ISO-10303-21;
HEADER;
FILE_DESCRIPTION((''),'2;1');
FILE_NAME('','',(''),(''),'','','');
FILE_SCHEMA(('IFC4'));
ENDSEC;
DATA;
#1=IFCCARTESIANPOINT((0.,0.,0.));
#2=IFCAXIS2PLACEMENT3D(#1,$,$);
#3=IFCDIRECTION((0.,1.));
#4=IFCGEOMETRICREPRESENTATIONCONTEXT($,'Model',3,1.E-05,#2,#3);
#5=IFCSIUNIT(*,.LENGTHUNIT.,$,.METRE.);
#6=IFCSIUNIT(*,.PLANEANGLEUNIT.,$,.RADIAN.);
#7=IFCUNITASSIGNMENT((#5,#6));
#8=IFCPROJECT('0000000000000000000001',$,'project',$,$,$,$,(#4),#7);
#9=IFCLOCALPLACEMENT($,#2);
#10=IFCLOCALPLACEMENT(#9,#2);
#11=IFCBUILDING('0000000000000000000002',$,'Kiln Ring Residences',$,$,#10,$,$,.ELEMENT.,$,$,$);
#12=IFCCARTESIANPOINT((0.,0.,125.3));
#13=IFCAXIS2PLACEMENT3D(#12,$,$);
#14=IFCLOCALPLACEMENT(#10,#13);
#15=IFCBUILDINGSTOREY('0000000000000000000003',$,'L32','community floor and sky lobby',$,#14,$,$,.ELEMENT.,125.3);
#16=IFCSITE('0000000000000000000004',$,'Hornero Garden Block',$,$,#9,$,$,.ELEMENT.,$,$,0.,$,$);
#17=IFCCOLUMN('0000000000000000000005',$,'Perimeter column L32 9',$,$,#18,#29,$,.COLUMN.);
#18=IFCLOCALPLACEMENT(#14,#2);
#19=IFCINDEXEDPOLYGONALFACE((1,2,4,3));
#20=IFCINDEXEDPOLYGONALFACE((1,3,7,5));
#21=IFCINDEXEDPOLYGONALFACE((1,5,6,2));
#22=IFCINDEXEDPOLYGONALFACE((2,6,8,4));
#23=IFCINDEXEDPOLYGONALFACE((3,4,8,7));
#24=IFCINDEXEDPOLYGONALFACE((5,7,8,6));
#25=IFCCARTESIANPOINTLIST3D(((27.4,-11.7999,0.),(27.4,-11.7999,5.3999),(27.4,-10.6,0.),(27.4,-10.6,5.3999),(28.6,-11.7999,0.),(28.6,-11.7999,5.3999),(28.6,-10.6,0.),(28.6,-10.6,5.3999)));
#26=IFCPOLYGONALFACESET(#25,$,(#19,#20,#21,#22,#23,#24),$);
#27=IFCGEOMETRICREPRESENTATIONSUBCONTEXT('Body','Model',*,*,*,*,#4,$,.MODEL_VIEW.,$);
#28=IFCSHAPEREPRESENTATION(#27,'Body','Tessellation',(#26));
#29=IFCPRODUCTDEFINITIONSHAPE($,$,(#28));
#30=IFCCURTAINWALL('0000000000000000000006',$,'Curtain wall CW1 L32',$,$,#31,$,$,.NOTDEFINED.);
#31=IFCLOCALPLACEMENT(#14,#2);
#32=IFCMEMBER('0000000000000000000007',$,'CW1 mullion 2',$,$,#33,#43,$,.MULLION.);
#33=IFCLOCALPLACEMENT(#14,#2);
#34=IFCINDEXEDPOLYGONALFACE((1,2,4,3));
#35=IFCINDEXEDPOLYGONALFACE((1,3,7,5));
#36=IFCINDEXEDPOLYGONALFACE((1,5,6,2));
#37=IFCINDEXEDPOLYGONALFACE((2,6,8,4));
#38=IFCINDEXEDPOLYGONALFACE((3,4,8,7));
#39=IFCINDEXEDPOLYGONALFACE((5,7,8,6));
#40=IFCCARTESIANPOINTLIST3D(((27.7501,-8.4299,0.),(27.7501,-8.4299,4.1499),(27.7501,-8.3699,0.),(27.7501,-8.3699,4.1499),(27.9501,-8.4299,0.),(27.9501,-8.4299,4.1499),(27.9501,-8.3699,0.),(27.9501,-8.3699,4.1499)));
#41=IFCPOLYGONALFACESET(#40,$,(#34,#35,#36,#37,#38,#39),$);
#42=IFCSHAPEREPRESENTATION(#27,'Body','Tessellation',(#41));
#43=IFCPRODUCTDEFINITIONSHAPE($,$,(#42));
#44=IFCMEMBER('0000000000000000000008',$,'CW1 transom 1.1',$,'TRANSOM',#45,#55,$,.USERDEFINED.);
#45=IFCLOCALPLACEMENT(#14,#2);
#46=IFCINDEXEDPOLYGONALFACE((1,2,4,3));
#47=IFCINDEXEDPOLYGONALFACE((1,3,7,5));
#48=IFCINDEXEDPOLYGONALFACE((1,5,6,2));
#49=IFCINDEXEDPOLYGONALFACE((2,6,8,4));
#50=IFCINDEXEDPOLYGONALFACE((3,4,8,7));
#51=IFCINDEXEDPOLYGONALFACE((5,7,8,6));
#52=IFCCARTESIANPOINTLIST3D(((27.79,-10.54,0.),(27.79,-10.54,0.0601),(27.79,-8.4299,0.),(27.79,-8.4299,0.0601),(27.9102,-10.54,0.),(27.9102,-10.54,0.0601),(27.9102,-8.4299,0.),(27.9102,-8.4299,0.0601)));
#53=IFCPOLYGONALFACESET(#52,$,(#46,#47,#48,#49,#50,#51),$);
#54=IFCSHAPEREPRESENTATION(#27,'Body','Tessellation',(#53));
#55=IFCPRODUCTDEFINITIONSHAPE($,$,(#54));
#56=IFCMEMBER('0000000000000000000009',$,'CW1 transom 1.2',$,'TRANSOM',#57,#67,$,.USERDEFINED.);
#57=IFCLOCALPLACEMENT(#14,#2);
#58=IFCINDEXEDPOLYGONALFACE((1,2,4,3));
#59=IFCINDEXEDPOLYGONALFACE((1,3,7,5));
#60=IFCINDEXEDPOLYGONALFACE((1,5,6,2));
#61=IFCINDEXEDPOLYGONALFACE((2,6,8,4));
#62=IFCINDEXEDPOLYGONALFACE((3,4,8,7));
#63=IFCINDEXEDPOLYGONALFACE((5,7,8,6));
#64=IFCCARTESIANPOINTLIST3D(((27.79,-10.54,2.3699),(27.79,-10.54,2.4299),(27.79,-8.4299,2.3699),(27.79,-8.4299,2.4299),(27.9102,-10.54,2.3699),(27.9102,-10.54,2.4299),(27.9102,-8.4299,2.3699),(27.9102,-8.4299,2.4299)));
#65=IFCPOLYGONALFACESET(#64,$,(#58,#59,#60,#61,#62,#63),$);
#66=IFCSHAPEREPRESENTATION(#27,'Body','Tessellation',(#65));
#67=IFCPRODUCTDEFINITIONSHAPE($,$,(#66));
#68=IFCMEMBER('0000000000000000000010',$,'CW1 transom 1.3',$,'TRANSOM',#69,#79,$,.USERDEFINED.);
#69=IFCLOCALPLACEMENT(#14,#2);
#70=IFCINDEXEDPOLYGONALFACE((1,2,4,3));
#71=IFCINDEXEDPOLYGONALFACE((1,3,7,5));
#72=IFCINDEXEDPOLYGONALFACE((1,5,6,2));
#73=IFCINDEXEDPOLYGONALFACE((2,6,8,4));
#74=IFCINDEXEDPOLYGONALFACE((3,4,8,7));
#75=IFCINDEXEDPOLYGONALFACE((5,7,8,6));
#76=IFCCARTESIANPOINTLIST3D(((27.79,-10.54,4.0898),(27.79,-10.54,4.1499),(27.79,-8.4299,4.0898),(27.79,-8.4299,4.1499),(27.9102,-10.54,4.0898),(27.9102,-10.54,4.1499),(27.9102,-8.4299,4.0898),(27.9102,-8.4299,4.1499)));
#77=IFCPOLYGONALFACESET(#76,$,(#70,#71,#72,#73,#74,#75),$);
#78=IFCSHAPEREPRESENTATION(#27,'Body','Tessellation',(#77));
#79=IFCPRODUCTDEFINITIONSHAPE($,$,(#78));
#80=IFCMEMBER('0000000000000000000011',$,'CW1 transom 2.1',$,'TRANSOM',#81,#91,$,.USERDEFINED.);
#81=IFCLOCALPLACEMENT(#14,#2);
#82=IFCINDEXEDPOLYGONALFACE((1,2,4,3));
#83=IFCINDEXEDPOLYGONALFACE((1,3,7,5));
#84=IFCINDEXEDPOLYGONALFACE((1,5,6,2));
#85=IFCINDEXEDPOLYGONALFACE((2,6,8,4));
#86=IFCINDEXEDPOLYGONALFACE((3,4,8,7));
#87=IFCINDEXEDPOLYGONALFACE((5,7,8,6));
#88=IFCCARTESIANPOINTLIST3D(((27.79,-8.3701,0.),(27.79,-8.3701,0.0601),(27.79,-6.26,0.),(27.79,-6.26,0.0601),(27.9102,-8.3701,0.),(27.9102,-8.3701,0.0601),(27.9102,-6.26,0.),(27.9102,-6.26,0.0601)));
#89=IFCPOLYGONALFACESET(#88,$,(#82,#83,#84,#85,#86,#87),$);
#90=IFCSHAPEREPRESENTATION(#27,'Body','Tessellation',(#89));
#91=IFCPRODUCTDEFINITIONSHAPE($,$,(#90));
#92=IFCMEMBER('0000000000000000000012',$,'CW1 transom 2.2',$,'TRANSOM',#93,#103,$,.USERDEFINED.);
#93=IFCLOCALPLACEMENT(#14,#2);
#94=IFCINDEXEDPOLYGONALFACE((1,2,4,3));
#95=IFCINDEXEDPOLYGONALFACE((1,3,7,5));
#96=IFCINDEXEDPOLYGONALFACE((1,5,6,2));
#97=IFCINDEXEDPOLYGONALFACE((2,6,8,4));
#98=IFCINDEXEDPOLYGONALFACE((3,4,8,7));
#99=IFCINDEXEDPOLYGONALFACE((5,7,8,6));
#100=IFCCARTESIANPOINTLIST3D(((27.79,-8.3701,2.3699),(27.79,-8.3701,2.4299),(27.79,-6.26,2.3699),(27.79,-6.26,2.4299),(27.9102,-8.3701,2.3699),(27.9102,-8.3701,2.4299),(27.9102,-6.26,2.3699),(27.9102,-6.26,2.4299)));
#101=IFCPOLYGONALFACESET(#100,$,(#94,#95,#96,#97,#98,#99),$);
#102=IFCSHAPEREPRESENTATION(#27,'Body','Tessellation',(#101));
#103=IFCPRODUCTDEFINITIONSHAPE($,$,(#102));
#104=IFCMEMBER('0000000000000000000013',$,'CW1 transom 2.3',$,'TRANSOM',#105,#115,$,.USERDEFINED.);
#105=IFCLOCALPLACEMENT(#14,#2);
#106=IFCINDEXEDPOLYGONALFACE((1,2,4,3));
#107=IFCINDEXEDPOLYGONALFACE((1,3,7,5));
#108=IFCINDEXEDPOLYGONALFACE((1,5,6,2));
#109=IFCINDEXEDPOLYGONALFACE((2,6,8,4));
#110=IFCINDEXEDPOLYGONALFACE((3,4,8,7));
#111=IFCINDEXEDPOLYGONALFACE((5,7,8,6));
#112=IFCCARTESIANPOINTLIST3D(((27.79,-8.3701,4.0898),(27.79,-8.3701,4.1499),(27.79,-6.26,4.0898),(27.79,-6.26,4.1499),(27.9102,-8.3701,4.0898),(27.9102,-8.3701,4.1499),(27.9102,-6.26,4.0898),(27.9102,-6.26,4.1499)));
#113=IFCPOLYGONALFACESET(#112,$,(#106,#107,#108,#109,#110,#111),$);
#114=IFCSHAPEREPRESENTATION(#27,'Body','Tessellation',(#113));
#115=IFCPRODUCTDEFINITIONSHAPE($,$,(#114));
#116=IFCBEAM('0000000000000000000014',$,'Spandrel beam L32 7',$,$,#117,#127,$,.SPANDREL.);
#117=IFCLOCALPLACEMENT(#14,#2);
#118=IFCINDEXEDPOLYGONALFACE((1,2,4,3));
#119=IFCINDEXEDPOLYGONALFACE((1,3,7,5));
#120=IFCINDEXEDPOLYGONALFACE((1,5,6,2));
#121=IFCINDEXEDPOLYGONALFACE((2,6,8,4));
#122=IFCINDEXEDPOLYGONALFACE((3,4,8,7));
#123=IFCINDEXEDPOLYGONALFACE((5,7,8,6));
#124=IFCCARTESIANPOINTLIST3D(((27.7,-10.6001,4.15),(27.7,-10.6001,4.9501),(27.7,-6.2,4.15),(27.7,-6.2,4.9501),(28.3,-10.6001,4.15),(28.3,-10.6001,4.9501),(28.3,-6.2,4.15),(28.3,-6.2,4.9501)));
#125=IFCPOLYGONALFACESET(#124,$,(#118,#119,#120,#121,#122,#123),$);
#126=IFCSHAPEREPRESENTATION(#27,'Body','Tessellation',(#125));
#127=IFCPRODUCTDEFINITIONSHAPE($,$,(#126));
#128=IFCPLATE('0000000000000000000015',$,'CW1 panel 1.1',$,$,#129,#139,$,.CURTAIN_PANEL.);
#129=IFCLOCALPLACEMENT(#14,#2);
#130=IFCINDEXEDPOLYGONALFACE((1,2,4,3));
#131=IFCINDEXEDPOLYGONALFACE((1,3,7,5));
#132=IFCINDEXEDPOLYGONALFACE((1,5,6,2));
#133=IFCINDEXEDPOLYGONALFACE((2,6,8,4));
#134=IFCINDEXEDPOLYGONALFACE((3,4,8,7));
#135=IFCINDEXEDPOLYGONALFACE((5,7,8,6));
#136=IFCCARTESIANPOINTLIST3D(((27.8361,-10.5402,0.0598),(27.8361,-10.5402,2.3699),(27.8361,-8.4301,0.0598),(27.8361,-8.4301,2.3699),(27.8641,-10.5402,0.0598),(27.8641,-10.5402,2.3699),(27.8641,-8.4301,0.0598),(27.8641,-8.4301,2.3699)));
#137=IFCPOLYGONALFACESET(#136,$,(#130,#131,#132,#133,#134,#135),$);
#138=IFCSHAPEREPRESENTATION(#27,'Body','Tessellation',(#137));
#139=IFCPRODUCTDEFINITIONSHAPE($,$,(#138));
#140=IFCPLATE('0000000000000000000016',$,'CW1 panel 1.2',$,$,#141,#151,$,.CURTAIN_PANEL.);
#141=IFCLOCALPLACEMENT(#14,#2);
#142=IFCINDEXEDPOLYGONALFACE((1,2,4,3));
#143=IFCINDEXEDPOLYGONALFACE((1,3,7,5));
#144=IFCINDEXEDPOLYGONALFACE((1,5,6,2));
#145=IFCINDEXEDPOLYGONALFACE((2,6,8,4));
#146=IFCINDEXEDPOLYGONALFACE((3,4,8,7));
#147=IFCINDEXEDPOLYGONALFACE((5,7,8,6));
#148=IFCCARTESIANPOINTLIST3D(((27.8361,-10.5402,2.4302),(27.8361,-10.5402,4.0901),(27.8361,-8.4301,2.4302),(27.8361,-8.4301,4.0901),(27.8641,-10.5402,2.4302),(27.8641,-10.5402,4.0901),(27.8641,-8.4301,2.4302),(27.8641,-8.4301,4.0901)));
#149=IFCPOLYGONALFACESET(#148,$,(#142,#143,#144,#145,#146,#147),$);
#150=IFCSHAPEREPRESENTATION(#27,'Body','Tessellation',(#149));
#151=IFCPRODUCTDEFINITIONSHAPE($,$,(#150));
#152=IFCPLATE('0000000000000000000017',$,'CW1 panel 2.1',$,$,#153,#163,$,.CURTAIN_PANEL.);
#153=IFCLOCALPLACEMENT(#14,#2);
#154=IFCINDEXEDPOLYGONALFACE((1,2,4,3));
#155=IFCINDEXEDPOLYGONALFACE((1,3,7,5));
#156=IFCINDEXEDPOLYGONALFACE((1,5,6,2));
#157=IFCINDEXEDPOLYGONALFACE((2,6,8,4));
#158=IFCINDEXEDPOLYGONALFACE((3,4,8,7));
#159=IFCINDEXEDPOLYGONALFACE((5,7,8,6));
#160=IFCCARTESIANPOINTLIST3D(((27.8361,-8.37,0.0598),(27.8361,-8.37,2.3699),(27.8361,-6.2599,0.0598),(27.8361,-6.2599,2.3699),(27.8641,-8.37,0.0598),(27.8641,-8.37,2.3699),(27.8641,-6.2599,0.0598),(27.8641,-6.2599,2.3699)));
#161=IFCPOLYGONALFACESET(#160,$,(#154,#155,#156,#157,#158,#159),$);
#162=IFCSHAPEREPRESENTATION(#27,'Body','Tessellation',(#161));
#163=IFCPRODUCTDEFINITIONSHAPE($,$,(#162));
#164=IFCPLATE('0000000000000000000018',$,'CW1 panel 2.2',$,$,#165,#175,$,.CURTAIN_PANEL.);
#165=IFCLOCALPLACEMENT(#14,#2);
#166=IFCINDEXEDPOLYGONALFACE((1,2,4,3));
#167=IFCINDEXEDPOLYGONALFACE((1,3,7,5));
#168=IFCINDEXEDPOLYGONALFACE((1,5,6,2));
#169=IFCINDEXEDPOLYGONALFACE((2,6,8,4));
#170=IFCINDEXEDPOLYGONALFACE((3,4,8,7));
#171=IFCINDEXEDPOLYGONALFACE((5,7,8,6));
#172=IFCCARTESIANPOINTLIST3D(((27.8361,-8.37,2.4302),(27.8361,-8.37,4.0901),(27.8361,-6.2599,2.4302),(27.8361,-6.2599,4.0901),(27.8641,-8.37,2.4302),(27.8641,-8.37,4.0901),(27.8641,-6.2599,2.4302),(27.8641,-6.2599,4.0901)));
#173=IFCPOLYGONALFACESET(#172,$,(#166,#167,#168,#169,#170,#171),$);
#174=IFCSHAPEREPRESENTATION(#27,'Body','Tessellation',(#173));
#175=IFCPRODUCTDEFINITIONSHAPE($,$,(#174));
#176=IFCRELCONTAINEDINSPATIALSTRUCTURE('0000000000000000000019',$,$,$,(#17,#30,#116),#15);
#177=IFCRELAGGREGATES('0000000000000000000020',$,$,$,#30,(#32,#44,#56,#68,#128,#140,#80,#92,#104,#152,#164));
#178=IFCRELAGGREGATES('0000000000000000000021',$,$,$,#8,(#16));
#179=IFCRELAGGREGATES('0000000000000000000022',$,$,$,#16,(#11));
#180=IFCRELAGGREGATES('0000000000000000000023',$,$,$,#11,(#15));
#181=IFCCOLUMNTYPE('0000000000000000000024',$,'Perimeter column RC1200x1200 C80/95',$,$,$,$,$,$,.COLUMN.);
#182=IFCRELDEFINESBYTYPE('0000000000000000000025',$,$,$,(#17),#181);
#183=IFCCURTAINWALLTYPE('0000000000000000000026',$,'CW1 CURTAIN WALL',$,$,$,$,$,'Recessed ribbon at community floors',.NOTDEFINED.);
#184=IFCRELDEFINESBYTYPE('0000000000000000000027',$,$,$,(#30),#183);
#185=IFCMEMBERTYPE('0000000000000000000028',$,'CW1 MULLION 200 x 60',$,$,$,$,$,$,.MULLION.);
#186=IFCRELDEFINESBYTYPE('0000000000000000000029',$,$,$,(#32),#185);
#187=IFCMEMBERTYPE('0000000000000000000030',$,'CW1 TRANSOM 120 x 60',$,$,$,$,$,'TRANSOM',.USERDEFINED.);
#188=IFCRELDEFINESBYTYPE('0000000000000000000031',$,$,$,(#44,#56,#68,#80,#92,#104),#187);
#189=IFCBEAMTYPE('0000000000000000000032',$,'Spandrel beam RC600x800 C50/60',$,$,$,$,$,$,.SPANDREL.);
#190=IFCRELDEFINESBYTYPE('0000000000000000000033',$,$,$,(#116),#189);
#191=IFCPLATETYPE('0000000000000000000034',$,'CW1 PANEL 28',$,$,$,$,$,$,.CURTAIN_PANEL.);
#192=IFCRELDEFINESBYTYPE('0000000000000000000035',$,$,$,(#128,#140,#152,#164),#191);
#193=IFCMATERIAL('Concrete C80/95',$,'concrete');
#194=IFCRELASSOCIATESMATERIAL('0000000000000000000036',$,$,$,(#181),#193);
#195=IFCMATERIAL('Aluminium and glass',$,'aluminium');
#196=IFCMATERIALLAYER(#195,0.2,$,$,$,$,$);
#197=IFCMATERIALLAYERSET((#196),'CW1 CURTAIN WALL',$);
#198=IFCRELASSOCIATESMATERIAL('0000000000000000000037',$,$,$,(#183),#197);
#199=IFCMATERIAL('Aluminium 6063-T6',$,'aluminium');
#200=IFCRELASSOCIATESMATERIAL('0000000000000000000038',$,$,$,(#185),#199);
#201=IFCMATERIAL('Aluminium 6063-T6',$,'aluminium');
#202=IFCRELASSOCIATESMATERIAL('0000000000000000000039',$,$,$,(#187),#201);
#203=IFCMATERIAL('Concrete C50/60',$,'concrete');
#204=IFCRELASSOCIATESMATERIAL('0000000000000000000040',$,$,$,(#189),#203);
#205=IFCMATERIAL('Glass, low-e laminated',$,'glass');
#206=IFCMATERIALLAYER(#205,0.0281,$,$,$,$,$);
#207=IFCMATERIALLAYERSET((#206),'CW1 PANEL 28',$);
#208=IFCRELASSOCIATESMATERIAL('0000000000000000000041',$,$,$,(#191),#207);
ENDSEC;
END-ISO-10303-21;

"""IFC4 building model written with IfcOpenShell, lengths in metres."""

from ifc_helpers import new_model, si_unit, direction, frame, origin, origin_2d, place, context, subcontext, project, spatial, rectangle, extrude, material, layer, layer_set, material_profile, profile_set, type_object, element, aggregate, save


model = new_model("IFC4")

# Units and contexts
model_context = context("Model", 3, precision=1e-05, world=origin(), true_north=direction((0.0, 1.0)))
body_context = subcontext(model_context, "Body", "Model", "MODEL_VIEW")
ifc_project = project(units=[si_unit("LENGTHUNIT", "METRE"), si_unit("PLANEANGLEUNIT", "RADIAN")], contexts=[model_context])

# Site, building, storey
site_placement = place(None, origin())
site = spatial("IfcSite", under=ifc_project, at=site_placement, Name="Hornero Garden Block", CompositionType="ELEMENT", RefElevation=0.0)
building_placement = place(site_placement, origin())
building = spatial("IfcBuilding", under=site, at=building_placement, Name="Kiln Ring Residences", CompositionType="ELEMENT")
storey_placement = place(building_placement, frame((0.0, 0.0, 125.3)))
storey = spatial("IfcBuildingStorey", under=building, at=storey_placement, Name="L32", Description="community floor and sky lobby", CompositionType="ELEMENT", Elevation=125.3)

# Column
ifc_material_1 = material(Name="Concrete C80/95", Category="concrete")
ifc_material_profile_1 = material_profile(ifc_material_1, rectangle(XDim=1.2, YDim=1.2, at=origin_2d()), Name="RC1200x1200")
ifc_profile_set_1 = profile_set([ifc_material_profile_1], Name="Concrete C80/95")
column_type = type_object("IfcColumnType", Name="Perimeter column RC1200x1200 C80/95", PredefinedType="COLUMN", material=ifc_profile_set_1)
column_placement = place(storey_placement, frame((28.0, -11.2, 0.0), z_axis=(0.0, 0.0, 1.0), x_axis=(1.0, 0.0, 0.0)))
element("IfcColumn", 1, at=column_placement, inside=storey, type_object=column_type, Name="Perimeter column L32 9", PredefinedType="COLUMN", context=body_context, shape_type="SweptSolid", body=[
    extrude(rectangle(XDim=1.2, YDim=1.2, at=origin_2d()), origin(), (0.0, 0.0, 1.0), 5.3999),
])

# Curtain wall, members
ifc_material_2 = material(Name="Aluminium and glass", Category="aluminium")
ifc_layer_1 = layer(ifc_material_2, 0.2)
ifc_layer_set_1 = layer_set([ifc_layer_1], Name="CW1 CURTAIN WALL")
curtain_wall_type = type_object("IfcCurtainWallType", Name="CW1 CURTAIN WALL", ElementType="Recessed ribbon at community floors", PredefinedType="NOTDEFINED", material=ifc_layer_set_1)
curtain_wall_placement = place(storey_placement, origin())
curtain_wall = element("IfcCurtainWall", 2, at=curtain_wall_placement, inside=storey, type_object=curtain_wall_type, Name="Curtain wall CW1 L32", PredefinedType="NOTDEFINED")
ifc_material_3 = material(Name="Aluminium 6063-T6", Category="aluminium")
ifc_material_profile_2 = material_profile(ifc_material_3, rectangle(XDim=0.2, YDim=0.0601, at=origin_2d()), Name="AL 200x60")
ifc_profile_set_2 = profile_set([ifc_material_profile_2], Name="Aluminium 6063-T6")
member_type_1 = type_object("IfcMemberType", Name="CW1 MULLION 200 x 60", PredefinedType="MULLION", material=ifc_profile_set_2)
member_1_placement = place(storey_placement, frame((27.8501, -8.3999, 0.0), z_axis=(0.0, 0.0, 1.0), x_axis=(-1.0, 0.0, 0.0)))
member_1 = element("IfcMember", 3, at=member_1_placement, type_object=member_type_1, Name="CW1 mullion 2", PredefinedType="MULLION", context=body_context, shape_type="SweptSolid", body=[
    extrude(rectangle(XDim=0.2, YDim=0.0601, at=origin_2d()), origin(), (0.0, 0.0, 1.0), 4.1499),
])
ifc_material_4 = material(Name="Aluminium 6063-T6", Category="aluminium")
ifc_material_profile_3 = material_profile(ifc_material_4, rectangle(XDim=0.1201, YDim=0.0601, at=origin_2d()), Name="AL 120x60")
ifc_profile_set_3 = profile_set([ifc_material_profile_3], Name="Aluminium 6063-T6")
member_type_2 = type_object("IfcMemberType", Name="CW1 TRANSOM 120 x 60", ElementType="TRANSOM", PredefinedType="USERDEFINED", material=ifc_profile_set_3)
member_2_placement = place(storey_placement, frame((27.8501, -10.54, 0.03), z_axis=(0.0, 1.0, 0.0), x_axis=(-1.0, 0.0, 0.0)))
member_2 = element("IfcMember", 4, at=member_2_placement, type_object=member_type_2, Name="CW1 transom 1.1", ObjectType="TRANSOM", PredefinedType="USERDEFINED", context=body_context, shape_type="SweptSolid", body=[
    extrude(rectangle(XDim=0.1201, YDim=0.0601, at=origin_2d()), origin(), (0.0, 0.0, 1.0), 2.1101),
])
member_3_placement = place(storey_placement, frame((27.8501, -10.54, 2.3999), z_axis=(0.0, 1.0, 0.0), x_axis=(-1.0, 0.0, 0.0)))
member_3 = element("IfcMember", 5, at=member_3_placement, type_object=member_type_2, Name="CW1 transom 1.2", ObjectType="TRANSOM", PredefinedType="USERDEFINED", context=body_context, shape_type="SweptSolid", body=[
    extrude(rectangle(XDim=0.1201, YDim=0.0601, at=origin_2d()), origin(), (0.0, 0.0, 1.0), 2.1101),
])
member_4_placement = place(storey_placement, frame((27.8501, -10.54, 4.1199), z_axis=(0.0, 1.0, 0.0), x_axis=(-1.0, 0.0, 0.0)))
member_4 = element("IfcMember", 6, at=member_4_placement, type_object=member_type_2, Name="CW1 transom 1.3", ObjectType="TRANSOM", PredefinedType="USERDEFINED", context=body_context, shape_type="SweptSolid", body=[
    extrude(rectangle(XDim=0.1201, YDim=0.0601, at=origin_2d()), origin(), (0.0, 0.0, 1.0), 2.1101),
])
member_5_placement = place(storey_placement, frame((27.8501, -8.3701, 0.03), z_axis=(0.0, 1.0, 0.0), x_axis=(-1.0, 0.0, 0.0)))
member_5 = element("IfcMember", 7, at=member_5_placement, type_object=member_type_2, Name="CW1 transom 2.1", ObjectType="TRANSOM", PredefinedType="USERDEFINED", context=body_context, shape_type="SweptSolid", body=[
    extrude(rectangle(XDim=0.1201, YDim=0.0601, at=origin_2d()), origin(), (0.0, 0.0, 1.0), 2.1101),
])
member_6_placement = place(storey_placement, frame((27.8501, -8.3701, 2.3999), z_axis=(0.0, 1.0, 0.0), x_axis=(-1.0, 0.0, 0.0)))
member_6 = element("IfcMember", 8, at=member_6_placement, type_object=member_type_2, Name="CW1 transom 2.2", ObjectType="TRANSOM", PredefinedType="USERDEFINED", context=body_context, shape_type="SweptSolid", body=[
    extrude(rectangle(XDim=0.1201, YDim=0.0601, at=origin_2d()), origin(), (0.0, 0.0, 1.0), 2.1101),
])
member_7_placement = place(storey_placement, frame((27.8501, -8.3701, 4.1199), z_axis=(0.0, 1.0, 0.0), x_axis=(-1.0, 0.0, 0.0)))
member_7 = element("IfcMember", 9, at=member_7_placement, type_object=member_type_2, Name="CW1 transom 2.3", ObjectType="TRANSOM", PredefinedType="USERDEFINED", context=body_context, shape_type="SweptSolid", body=[
    extrude(rectangle(XDim=0.1201, YDim=0.0601, at=origin_2d()), origin(), (0.0, 0.0, 1.0), 2.1101),
])

# Beam
ifc_material_5 = material(Name="Concrete C50/60", Category="concrete")
ifc_material_profile_4 = material_profile(ifc_material_5, rectangle(XDim=0.6001, YDim=0.8, at=origin_2d()), Name="RC600x800")
ifc_profile_set_4 = profile_set([ifc_material_profile_4], Name="Concrete C50/60")
beam_type = type_object("IfcBeamType", Name="Spandrel beam RC600x800 C50/60", PredefinedType="SPANDREL", material=ifc_profile_set_4)
beam_placement = place(storey_placement, frame((28.0, -10.6001, 4.55), z_axis=(0.0, 1.0, 0.0), x_axis=(-1.0, 0.0, 0.0)))
element("IfcBeam", 10, at=beam_placement, inside=storey, type_object=beam_type, Name="Spandrel beam L32 7", PredefinedType="SPANDREL", context=body_context, shape_type="SweptSolid", body=[
    extrude(rectangle(XDim=0.6001, YDim=0.8, at=origin_2d()), origin(), (0.0, 0.0, 1.0), 4.4001),
])

# Plates
ifc_material_6 = material(Name="Glass, low-e laminated", Category="glass")
ifc_layer_2 = layer(ifc_material_6, 0.0281)
ifc_layer_set_2 = layer_set([ifc_layer_2], Name="CW1 PANEL 28")
plate_type = type_object("IfcPlateType", Name="CW1 PANEL 28", PredefinedType="CURTAIN_PANEL", material=ifc_layer_set_2)
plate_1_placement = place(storey_placement, frame((27.8501, -9.4851, 0.0598), z_axis=(0.0, 0.0, 1.0), x_axis=(0.0, 1.0, 0.0)))
plate_1 = element("IfcPlate", 11, at=plate_1_placement, type_object=plate_type, Name="CW1 panel 1.1", PredefinedType="CURTAIN_PANEL", context=body_context, shape_type="SweptSolid", body=[
    extrude(rectangle(XDim=2.1101, YDim=0.0281, at=origin_2d()), origin(), (0.0, 0.0, 1.0), 2.3101),
])
plate_2_placement = place(storey_placement, frame((27.8501, -9.4851, 2.4302), z_axis=(0.0, 0.0, 1.0), x_axis=(0.0, 1.0, 0.0)))
plate_2 = element("IfcPlate", 12, at=plate_2_placement, type_object=plate_type, Name="CW1 panel 1.2", PredefinedType="CURTAIN_PANEL", context=body_context, shape_type="SweptSolid", body=[
    extrude(rectangle(XDim=2.1101, YDim=0.0281, at=origin_2d()), origin(), (0.0, 0.0, 1.0), 1.6599),
])
plate_3_placement = place(storey_placement, frame((27.8501, -7.3149, 0.0598), z_axis=(0.0, 0.0, 1.0), x_axis=(0.0, 1.0, 0.0)))
plate_3 = element("IfcPlate", 13, at=plate_3_placement, type_object=plate_type, Name="CW1 panel 2.1", PredefinedType="CURTAIN_PANEL", context=body_context, shape_type="SweptSolid", body=[
    extrude(rectangle(XDim=2.1101, YDim=0.0281, at=origin_2d()), origin(), (0.0, 0.0, 1.0), 2.3101),
])
plate_4_placement = place(storey_placement, frame((27.8501, -7.3149, 2.4302), z_axis=(0.0, 0.0, 1.0), x_axis=(0.0, 1.0, 0.0)))
plate_4 = element("IfcPlate", 14, at=plate_4_placement, type_object=plate_type, Name="CW1 panel 2.2", PredefinedType="CURTAIN_PANEL", context=body_context, shape_type="SweptSolid", body=[
    extrude(rectangle(XDim=2.1101, YDim=0.0281, at=origin_2d()), origin(), (0.0, 0.0, 1.0), 1.6599),
])
aggregate(curtain_wall, [member_1, member_2, member_3, member_4, plate_1, plate_2, member_5, member_6, member_7, plate_3, plate_4])

save(model, "model.ifc")
